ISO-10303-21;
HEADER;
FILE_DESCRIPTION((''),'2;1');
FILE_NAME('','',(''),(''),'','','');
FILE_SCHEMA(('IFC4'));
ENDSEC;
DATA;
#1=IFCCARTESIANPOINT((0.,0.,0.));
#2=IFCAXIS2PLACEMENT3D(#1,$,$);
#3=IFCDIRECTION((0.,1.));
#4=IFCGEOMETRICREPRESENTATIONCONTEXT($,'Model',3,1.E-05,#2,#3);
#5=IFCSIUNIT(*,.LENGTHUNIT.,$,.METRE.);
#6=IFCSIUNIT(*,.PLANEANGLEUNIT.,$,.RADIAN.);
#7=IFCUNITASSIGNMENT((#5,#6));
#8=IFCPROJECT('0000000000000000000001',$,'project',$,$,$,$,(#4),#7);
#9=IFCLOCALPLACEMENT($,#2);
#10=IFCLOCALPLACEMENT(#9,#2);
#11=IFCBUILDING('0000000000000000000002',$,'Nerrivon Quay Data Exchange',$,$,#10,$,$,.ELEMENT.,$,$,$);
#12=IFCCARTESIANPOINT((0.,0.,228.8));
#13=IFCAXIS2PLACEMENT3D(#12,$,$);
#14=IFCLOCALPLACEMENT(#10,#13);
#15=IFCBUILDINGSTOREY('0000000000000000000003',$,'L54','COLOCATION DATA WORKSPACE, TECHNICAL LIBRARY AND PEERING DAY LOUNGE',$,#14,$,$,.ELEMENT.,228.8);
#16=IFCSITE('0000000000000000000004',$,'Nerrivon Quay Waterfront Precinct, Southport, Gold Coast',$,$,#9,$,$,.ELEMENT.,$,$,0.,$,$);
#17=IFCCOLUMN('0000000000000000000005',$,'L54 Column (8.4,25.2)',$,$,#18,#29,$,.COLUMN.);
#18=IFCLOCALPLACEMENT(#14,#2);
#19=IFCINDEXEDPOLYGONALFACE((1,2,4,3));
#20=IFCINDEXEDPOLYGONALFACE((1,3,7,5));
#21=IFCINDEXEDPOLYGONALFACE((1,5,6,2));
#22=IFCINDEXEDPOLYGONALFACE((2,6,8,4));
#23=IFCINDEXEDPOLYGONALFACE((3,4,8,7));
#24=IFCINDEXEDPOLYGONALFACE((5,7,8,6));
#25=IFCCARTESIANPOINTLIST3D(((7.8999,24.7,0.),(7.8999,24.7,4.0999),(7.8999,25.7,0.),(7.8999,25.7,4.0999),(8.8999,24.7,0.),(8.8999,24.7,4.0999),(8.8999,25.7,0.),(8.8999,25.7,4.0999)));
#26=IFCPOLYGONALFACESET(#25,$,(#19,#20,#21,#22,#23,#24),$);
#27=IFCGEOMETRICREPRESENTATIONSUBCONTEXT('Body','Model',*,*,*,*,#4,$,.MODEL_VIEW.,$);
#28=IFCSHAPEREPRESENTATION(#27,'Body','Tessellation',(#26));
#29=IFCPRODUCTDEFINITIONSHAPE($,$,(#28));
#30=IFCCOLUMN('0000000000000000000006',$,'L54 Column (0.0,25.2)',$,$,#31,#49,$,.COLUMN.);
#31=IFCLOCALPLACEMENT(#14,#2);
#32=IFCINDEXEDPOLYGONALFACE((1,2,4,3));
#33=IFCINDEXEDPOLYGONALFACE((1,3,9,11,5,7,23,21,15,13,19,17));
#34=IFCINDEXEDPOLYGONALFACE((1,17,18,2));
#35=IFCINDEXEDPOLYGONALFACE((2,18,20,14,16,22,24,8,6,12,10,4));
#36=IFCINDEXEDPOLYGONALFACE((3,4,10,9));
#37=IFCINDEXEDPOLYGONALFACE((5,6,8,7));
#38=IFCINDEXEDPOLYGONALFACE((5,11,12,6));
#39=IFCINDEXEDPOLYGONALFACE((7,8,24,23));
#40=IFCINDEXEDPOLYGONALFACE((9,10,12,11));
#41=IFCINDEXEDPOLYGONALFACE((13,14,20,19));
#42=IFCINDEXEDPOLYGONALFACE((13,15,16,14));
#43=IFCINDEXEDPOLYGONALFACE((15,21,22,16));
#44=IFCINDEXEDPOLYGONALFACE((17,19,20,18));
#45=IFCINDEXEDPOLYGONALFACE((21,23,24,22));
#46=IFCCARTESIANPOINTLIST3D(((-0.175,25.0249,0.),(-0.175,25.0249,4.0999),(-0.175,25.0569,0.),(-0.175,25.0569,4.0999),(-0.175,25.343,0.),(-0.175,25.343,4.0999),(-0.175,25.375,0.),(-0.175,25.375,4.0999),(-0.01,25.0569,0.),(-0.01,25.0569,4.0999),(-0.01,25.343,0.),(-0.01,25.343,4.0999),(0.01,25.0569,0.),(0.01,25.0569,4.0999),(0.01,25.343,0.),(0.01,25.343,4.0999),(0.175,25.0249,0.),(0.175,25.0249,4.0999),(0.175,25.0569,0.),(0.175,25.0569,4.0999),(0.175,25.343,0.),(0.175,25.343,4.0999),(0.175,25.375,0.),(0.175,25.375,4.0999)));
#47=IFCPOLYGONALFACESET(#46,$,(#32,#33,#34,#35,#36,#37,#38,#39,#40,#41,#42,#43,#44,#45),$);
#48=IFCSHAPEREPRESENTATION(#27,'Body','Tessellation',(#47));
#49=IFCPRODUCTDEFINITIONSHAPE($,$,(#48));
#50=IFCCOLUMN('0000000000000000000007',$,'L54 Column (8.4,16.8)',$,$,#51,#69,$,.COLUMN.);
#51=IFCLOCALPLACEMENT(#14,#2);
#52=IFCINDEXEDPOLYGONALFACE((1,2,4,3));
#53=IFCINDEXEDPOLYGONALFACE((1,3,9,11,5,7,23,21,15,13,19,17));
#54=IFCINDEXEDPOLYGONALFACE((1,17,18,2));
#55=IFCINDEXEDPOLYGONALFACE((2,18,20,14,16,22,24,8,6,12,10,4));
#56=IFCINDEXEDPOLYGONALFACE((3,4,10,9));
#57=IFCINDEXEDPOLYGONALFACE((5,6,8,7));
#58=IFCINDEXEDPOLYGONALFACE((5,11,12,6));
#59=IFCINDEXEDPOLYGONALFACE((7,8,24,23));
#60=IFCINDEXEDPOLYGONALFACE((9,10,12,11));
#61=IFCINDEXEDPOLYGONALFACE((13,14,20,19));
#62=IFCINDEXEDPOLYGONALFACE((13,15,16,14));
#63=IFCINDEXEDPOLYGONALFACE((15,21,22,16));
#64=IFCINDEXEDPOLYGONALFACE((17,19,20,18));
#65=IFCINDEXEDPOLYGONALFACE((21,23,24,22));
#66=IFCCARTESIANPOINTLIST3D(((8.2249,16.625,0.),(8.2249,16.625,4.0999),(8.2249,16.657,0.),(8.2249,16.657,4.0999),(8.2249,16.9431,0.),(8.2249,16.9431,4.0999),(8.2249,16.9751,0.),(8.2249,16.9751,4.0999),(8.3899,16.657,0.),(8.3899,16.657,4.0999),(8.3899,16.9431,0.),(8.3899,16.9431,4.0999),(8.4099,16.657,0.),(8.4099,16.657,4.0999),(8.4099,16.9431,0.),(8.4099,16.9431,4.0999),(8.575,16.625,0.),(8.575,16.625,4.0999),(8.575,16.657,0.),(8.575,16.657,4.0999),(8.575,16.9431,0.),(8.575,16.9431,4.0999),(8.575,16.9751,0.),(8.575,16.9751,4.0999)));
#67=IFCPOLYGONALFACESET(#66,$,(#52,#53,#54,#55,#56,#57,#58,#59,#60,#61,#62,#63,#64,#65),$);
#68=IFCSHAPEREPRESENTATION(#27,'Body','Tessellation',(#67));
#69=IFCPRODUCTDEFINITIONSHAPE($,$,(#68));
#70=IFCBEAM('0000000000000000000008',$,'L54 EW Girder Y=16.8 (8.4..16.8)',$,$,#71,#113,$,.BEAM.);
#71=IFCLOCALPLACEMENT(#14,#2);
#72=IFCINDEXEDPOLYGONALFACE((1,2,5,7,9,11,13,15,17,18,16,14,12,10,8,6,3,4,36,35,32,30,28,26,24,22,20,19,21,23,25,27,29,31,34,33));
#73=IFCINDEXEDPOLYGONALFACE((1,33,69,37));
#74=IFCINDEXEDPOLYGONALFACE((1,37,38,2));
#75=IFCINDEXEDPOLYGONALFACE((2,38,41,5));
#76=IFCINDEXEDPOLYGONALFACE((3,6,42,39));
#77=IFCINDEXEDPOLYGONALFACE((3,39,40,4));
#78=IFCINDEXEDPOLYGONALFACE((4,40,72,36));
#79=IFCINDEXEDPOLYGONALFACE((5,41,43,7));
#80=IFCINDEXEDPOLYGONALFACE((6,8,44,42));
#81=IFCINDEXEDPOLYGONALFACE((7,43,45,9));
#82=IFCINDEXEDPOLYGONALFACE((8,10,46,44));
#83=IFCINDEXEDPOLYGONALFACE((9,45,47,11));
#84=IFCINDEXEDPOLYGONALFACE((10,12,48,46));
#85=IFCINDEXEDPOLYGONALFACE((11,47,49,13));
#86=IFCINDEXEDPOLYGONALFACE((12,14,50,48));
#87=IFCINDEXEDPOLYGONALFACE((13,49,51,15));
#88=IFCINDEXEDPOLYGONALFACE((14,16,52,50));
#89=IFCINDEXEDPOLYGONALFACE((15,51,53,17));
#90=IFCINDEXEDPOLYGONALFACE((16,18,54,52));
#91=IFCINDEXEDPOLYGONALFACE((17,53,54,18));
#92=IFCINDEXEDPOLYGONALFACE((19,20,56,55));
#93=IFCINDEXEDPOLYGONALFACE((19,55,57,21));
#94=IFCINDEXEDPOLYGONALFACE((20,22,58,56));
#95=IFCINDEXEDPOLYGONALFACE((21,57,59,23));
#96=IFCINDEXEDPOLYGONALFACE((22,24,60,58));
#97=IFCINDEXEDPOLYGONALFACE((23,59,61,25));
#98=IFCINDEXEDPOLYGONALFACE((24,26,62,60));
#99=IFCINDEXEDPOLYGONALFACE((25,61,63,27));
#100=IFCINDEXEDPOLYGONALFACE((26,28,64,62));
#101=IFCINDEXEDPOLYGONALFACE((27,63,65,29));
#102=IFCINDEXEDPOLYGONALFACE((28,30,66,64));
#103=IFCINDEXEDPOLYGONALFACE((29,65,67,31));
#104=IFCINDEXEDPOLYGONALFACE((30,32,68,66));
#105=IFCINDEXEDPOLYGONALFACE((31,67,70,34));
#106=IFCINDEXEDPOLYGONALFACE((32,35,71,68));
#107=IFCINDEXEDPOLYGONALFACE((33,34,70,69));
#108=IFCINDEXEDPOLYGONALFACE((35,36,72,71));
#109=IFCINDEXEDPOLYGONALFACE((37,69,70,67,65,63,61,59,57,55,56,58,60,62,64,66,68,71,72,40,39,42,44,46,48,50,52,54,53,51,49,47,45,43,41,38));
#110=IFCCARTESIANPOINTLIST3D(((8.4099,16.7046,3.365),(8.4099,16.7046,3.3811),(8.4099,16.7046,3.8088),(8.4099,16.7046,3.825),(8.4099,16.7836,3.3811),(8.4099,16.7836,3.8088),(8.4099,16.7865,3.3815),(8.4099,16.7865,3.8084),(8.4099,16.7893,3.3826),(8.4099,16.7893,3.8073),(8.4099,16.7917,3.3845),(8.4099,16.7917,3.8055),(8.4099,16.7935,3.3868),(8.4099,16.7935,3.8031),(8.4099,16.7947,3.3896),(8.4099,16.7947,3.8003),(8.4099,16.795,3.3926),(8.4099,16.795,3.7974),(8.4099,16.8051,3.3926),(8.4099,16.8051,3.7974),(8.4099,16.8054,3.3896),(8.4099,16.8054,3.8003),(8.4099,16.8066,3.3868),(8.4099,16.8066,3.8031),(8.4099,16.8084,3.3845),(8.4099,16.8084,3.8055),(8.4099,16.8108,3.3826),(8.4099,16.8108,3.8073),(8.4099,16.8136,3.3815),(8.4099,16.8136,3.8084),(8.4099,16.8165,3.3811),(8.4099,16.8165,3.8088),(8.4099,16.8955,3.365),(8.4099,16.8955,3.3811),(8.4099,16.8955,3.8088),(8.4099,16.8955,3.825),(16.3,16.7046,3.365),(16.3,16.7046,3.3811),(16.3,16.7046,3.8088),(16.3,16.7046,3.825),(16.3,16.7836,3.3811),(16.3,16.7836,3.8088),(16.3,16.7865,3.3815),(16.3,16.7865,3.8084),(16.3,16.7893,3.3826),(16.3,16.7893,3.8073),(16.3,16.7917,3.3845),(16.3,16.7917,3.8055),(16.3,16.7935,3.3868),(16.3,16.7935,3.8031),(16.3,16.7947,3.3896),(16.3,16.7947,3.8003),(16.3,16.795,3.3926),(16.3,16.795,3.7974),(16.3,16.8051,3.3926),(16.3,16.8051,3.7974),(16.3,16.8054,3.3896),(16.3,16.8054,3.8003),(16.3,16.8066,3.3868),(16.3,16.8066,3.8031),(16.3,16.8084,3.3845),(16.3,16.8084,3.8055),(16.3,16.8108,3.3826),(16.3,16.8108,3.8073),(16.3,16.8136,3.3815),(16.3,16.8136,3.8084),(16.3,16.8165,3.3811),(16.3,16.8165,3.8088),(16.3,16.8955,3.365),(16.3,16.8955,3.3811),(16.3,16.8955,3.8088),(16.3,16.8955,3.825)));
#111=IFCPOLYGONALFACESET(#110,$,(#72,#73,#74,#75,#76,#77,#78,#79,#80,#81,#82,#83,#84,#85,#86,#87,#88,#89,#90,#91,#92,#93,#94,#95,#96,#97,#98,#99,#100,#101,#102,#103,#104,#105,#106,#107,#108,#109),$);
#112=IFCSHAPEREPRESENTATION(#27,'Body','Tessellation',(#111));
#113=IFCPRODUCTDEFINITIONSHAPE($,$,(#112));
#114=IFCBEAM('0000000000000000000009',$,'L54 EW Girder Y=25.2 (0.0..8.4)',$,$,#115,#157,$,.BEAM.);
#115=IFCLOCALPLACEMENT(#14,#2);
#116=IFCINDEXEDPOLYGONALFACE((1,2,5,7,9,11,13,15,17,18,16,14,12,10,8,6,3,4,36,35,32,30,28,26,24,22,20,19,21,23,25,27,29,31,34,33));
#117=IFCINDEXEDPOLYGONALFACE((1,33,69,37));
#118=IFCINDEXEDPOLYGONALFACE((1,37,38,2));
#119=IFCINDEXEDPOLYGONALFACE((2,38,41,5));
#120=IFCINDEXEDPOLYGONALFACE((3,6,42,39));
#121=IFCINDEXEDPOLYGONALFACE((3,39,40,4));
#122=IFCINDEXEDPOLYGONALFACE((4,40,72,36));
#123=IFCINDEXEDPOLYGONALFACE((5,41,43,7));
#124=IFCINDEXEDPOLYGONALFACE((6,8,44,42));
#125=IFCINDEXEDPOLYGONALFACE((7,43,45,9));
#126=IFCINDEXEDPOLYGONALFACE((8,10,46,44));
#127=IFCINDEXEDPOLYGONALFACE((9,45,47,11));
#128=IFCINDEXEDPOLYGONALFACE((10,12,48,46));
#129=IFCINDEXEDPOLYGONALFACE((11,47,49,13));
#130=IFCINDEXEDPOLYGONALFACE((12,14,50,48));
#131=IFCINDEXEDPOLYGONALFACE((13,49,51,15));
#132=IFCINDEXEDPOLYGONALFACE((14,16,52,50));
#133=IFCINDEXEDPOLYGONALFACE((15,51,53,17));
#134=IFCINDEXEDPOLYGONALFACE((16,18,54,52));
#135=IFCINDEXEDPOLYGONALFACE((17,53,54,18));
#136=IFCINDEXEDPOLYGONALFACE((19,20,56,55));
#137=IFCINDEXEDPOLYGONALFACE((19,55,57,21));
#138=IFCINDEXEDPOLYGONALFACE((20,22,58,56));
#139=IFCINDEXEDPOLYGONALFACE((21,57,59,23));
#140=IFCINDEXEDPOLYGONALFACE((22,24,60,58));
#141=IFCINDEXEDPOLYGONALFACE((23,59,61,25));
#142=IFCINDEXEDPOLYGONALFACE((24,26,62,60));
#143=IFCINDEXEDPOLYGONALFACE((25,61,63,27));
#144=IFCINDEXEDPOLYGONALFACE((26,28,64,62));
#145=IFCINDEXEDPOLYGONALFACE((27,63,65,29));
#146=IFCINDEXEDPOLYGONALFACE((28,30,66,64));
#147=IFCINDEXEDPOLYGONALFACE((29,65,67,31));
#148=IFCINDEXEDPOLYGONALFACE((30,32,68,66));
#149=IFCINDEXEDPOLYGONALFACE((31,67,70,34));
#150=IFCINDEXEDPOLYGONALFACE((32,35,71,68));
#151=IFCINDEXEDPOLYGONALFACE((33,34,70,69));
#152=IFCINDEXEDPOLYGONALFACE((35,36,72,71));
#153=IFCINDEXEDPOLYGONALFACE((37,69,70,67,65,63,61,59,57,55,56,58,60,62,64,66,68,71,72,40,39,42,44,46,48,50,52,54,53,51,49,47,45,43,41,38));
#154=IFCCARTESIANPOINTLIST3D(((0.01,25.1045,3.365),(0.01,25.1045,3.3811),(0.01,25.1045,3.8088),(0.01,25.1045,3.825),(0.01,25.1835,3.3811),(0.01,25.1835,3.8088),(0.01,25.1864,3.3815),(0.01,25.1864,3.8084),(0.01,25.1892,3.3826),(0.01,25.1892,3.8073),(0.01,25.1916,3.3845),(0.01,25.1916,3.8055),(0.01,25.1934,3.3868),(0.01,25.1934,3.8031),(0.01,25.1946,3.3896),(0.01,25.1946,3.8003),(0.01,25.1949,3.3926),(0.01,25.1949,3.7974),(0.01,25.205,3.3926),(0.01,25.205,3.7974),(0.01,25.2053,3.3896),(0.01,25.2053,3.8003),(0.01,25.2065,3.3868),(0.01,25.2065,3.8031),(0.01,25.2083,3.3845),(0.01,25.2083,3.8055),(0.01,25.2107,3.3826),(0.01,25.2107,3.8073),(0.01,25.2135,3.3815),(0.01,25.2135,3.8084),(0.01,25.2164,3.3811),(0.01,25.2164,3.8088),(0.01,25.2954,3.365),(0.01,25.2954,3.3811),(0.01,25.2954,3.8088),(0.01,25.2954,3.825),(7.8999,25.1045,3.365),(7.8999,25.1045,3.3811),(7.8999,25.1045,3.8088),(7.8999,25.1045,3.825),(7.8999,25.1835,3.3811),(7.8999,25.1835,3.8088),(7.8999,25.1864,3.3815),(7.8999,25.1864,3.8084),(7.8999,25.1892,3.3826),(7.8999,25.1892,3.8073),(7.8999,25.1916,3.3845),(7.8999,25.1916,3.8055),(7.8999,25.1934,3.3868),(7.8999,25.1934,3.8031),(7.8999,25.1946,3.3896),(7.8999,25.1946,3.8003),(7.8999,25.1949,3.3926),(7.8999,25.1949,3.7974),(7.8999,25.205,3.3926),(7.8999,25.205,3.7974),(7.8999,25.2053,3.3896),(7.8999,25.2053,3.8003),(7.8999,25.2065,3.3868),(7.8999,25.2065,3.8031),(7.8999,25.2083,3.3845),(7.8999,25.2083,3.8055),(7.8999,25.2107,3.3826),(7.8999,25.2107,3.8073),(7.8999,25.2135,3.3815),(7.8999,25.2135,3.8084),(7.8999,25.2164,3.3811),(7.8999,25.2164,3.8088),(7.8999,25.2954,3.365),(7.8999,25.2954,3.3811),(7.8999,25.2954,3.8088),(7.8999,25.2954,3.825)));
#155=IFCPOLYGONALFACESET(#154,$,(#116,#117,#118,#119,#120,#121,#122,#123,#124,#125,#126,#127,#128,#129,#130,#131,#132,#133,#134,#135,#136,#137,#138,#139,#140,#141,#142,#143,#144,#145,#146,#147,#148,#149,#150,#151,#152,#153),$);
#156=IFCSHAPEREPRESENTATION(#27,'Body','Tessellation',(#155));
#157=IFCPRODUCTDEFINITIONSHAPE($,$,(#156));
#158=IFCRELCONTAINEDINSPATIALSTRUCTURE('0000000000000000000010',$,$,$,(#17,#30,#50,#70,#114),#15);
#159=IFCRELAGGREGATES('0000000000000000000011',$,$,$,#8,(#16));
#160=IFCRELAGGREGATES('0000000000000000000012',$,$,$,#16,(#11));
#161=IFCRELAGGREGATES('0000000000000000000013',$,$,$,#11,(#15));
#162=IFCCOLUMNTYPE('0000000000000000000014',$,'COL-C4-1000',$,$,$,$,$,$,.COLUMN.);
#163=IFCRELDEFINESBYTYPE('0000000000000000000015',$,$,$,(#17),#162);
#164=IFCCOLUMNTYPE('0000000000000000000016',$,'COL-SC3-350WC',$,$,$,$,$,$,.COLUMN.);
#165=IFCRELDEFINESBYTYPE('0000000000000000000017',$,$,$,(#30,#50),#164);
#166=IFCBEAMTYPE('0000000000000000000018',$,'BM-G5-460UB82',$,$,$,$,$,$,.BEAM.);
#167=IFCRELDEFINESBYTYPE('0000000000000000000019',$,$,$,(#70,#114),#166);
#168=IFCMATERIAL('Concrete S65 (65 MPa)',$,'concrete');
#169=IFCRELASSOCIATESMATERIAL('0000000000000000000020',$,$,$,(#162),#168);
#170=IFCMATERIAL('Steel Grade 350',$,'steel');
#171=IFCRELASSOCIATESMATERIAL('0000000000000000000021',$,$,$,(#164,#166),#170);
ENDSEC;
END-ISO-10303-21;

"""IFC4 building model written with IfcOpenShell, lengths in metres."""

from ifc_helpers import new_model, si_unit, direction, frame, origin, origin_2d, place, context, subcontext, project, spatial, rectangle, i_section, extrude, material, material_profile, profile_set, type_object, element, save


model = new_model("IFC4")

# Units and contexts
model_context = context("Model", 3, precision=1e-05, world=origin(), true_north=direction((0.0, 1.0)))
body_context = subcontext(model_context, "Body", "Model", "MODEL_VIEW")
ifc_project = project(units=[si_unit("LENGTHUNIT", "METRE"), si_unit("PLANEANGLEUNIT", "RADIAN")], contexts=[model_context])

# Site, building, storey
site_placement = place(None, origin())
site = spatial("IfcSite", under=ifc_project, at=site_placement, Name="Nerrivon Quay Waterfront Precinct, Southport, Gold Coast", CompositionType="ELEMENT", RefElevation=0.0)
building_placement = place(site_placement, origin())
building = spatial("IfcBuilding", under=site, at=building_placement, Name="Nerrivon Quay Data Exchange", CompositionType="ELEMENT")
storey_placement = place(building_placement, frame((0.0, 0.0, 228.8)))
storey = spatial("IfcBuildingStorey", under=building, at=storey_placement, Name="L54", Description="COLOCATION DATA WORKSPACE, TECHNICAL LIBRARY AND PEERING DAY LOUNGE", CompositionType="ELEMENT", Elevation=228.8)

# Columns
ifc_material_1 = material(Name="Concrete S65 (65 MPa)", Category="concrete")
ifc_material_profile_1 = material_profile(ifc_material_1, rectangle(XDim=1.0, YDim=1.0, at=origin_2d()), Name="RC-COL-1000x1000")
ifc_profile_set_1 = profile_set([ifc_material_profile_1], Name="Concrete S65 (65 MPa)")
column_type_1 = type_object("IfcColumnType", Name="COL-C4-1000", PredefinedType="COLUMN", material=ifc_profile_set_1)
column_placement = place(storey_placement, frame((8.3999, 25.2, 0.0), z_axis=(0.0, 0.0, 1.0), x_axis=(1.0, 0.0, 0.0)))
element("IfcColumn", 1, at=column_placement, inside=storey, type_object=column_type_1, Name="L54 Column (8.4,25.2)", PredefinedType="COLUMN", context=body_context, shape_type="SweptSolid", body=[
    extrude(rectangle(XDim=1.0, YDim=1.0, at=origin_2d()), origin(), (0.0, 0.0, 1.0), 4.0999),
])
ifc_material_2 = material(Name="Steel Grade 350", Category="steel")
ifc_material_profile_2 = material_profile(ifc_material_2, i_section(OverallWidth=0.3501, OverallDepth=0.3501, WebThickness=0.02, FlangeThickness=0.032, at=origin_2d()), Name="350WC230")
ifc_profile_set_2 = profile_set([ifc_material_profile_2], Name="Steel Grade 350")
column_type_2 = type_object("IfcColumnType", Name="COL-SC3-350WC", PredefinedType="COLUMN", material=ifc_profile_set_2)
for number, where, z_axis, x_axis, name in (
    (2, (0.0, 25.2, 0.0), (0.0, 0.0, 1.0), (1.0, 0.0, 0.0), "L54 Column (0.0,25.2)"),
    (3, (8.3999, 16.8, 0.0), (0.0, 0.0, 1.0), (1.0, 0.0, 0.0), "L54 Column (8.4,16.8)"),
):
    element("IfcColumn", number, at=place(storey_placement, frame(where, z_axis=z_axis, x_axis=x_axis)), inside=storey, type_object=column_type_2, Name=name, PredefinedType="COLUMN", context=body_context, shape_type="SweptSolid", body=[
        extrude(i_section(OverallWidth=0.3501, OverallDepth=0.3501, WebThickness=0.02, FlangeThickness=0.032, at=origin_2d()), origin(), (0.0, 0.0, 1.0), 4.0999),
    ])

# Beams
ifc_material_profile_3 = material_profile(ifc_material_2, i_section(OverallWidth=0.1909, OverallDepth=0.46, WebThickness=0.01, FlangeThickness=0.0161, FilletRadius=0.0115, at=origin_2d()), Name="460UB82.1")
ifc_profile_set_3 = profile_set([ifc_material_profile_3], Name="Steel Grade 350")
beam_type_1 = type_object("IfcBeamType", Name="BM-G5-460UB82", PredefinedType="BEAM", material=ifc_profile_set_3)
beam_1_placement = place(storey_placement, frame((8.4099, 16.8, 3.595), z_axis=(1.0, 0.0, 0.0), x_axis=(0.0, 1.0, 0.0)))
element("IfcBeam", 4, at=beam_1_placement, inside=storey, type_object=beam_type_1, Name="L54 EW Girder Y=16.8 (8.4..16.8)", PredefinedType="BEAM", context=body_context, shape_type="SweptSolid", body=[
    extrude(i_section(OverallWidth=0.1909, OverallDepth=0.46, WebThickness=0.01, FlangeThickness=0.0161, FilletRadius=0.0115, at=origin_2d()), origin(), (0.0, 0.0, 1.0), 7.8901),
])
beam_2_placement = place(storey_placement, frame((0.01, 25.2, 3.595), z_axis=(1.0, 0.0, 0.0), x_axis=(0.0, 1.0, 0.0)))
element("IfcBeam", 5, at=beam_2_placement, inside=storey, type_object=beam_type_1, Name="L54 EW Girder Y=25.2 (0.0..8.4)", PredefinedType="BEAM", context=body_context, shape_type="SweptSolid", body=[
    extrude(i_section(OverallWidth=0.1909, OverallDepth=0.46, WebThickness=0.01, FlangeThickness=0.0161, FilletRadius=0.0115, at=origin_2d()), origin(), (0.0, 0.0, 1.0), 7.8899),
])

save(model, "model.ifc")
